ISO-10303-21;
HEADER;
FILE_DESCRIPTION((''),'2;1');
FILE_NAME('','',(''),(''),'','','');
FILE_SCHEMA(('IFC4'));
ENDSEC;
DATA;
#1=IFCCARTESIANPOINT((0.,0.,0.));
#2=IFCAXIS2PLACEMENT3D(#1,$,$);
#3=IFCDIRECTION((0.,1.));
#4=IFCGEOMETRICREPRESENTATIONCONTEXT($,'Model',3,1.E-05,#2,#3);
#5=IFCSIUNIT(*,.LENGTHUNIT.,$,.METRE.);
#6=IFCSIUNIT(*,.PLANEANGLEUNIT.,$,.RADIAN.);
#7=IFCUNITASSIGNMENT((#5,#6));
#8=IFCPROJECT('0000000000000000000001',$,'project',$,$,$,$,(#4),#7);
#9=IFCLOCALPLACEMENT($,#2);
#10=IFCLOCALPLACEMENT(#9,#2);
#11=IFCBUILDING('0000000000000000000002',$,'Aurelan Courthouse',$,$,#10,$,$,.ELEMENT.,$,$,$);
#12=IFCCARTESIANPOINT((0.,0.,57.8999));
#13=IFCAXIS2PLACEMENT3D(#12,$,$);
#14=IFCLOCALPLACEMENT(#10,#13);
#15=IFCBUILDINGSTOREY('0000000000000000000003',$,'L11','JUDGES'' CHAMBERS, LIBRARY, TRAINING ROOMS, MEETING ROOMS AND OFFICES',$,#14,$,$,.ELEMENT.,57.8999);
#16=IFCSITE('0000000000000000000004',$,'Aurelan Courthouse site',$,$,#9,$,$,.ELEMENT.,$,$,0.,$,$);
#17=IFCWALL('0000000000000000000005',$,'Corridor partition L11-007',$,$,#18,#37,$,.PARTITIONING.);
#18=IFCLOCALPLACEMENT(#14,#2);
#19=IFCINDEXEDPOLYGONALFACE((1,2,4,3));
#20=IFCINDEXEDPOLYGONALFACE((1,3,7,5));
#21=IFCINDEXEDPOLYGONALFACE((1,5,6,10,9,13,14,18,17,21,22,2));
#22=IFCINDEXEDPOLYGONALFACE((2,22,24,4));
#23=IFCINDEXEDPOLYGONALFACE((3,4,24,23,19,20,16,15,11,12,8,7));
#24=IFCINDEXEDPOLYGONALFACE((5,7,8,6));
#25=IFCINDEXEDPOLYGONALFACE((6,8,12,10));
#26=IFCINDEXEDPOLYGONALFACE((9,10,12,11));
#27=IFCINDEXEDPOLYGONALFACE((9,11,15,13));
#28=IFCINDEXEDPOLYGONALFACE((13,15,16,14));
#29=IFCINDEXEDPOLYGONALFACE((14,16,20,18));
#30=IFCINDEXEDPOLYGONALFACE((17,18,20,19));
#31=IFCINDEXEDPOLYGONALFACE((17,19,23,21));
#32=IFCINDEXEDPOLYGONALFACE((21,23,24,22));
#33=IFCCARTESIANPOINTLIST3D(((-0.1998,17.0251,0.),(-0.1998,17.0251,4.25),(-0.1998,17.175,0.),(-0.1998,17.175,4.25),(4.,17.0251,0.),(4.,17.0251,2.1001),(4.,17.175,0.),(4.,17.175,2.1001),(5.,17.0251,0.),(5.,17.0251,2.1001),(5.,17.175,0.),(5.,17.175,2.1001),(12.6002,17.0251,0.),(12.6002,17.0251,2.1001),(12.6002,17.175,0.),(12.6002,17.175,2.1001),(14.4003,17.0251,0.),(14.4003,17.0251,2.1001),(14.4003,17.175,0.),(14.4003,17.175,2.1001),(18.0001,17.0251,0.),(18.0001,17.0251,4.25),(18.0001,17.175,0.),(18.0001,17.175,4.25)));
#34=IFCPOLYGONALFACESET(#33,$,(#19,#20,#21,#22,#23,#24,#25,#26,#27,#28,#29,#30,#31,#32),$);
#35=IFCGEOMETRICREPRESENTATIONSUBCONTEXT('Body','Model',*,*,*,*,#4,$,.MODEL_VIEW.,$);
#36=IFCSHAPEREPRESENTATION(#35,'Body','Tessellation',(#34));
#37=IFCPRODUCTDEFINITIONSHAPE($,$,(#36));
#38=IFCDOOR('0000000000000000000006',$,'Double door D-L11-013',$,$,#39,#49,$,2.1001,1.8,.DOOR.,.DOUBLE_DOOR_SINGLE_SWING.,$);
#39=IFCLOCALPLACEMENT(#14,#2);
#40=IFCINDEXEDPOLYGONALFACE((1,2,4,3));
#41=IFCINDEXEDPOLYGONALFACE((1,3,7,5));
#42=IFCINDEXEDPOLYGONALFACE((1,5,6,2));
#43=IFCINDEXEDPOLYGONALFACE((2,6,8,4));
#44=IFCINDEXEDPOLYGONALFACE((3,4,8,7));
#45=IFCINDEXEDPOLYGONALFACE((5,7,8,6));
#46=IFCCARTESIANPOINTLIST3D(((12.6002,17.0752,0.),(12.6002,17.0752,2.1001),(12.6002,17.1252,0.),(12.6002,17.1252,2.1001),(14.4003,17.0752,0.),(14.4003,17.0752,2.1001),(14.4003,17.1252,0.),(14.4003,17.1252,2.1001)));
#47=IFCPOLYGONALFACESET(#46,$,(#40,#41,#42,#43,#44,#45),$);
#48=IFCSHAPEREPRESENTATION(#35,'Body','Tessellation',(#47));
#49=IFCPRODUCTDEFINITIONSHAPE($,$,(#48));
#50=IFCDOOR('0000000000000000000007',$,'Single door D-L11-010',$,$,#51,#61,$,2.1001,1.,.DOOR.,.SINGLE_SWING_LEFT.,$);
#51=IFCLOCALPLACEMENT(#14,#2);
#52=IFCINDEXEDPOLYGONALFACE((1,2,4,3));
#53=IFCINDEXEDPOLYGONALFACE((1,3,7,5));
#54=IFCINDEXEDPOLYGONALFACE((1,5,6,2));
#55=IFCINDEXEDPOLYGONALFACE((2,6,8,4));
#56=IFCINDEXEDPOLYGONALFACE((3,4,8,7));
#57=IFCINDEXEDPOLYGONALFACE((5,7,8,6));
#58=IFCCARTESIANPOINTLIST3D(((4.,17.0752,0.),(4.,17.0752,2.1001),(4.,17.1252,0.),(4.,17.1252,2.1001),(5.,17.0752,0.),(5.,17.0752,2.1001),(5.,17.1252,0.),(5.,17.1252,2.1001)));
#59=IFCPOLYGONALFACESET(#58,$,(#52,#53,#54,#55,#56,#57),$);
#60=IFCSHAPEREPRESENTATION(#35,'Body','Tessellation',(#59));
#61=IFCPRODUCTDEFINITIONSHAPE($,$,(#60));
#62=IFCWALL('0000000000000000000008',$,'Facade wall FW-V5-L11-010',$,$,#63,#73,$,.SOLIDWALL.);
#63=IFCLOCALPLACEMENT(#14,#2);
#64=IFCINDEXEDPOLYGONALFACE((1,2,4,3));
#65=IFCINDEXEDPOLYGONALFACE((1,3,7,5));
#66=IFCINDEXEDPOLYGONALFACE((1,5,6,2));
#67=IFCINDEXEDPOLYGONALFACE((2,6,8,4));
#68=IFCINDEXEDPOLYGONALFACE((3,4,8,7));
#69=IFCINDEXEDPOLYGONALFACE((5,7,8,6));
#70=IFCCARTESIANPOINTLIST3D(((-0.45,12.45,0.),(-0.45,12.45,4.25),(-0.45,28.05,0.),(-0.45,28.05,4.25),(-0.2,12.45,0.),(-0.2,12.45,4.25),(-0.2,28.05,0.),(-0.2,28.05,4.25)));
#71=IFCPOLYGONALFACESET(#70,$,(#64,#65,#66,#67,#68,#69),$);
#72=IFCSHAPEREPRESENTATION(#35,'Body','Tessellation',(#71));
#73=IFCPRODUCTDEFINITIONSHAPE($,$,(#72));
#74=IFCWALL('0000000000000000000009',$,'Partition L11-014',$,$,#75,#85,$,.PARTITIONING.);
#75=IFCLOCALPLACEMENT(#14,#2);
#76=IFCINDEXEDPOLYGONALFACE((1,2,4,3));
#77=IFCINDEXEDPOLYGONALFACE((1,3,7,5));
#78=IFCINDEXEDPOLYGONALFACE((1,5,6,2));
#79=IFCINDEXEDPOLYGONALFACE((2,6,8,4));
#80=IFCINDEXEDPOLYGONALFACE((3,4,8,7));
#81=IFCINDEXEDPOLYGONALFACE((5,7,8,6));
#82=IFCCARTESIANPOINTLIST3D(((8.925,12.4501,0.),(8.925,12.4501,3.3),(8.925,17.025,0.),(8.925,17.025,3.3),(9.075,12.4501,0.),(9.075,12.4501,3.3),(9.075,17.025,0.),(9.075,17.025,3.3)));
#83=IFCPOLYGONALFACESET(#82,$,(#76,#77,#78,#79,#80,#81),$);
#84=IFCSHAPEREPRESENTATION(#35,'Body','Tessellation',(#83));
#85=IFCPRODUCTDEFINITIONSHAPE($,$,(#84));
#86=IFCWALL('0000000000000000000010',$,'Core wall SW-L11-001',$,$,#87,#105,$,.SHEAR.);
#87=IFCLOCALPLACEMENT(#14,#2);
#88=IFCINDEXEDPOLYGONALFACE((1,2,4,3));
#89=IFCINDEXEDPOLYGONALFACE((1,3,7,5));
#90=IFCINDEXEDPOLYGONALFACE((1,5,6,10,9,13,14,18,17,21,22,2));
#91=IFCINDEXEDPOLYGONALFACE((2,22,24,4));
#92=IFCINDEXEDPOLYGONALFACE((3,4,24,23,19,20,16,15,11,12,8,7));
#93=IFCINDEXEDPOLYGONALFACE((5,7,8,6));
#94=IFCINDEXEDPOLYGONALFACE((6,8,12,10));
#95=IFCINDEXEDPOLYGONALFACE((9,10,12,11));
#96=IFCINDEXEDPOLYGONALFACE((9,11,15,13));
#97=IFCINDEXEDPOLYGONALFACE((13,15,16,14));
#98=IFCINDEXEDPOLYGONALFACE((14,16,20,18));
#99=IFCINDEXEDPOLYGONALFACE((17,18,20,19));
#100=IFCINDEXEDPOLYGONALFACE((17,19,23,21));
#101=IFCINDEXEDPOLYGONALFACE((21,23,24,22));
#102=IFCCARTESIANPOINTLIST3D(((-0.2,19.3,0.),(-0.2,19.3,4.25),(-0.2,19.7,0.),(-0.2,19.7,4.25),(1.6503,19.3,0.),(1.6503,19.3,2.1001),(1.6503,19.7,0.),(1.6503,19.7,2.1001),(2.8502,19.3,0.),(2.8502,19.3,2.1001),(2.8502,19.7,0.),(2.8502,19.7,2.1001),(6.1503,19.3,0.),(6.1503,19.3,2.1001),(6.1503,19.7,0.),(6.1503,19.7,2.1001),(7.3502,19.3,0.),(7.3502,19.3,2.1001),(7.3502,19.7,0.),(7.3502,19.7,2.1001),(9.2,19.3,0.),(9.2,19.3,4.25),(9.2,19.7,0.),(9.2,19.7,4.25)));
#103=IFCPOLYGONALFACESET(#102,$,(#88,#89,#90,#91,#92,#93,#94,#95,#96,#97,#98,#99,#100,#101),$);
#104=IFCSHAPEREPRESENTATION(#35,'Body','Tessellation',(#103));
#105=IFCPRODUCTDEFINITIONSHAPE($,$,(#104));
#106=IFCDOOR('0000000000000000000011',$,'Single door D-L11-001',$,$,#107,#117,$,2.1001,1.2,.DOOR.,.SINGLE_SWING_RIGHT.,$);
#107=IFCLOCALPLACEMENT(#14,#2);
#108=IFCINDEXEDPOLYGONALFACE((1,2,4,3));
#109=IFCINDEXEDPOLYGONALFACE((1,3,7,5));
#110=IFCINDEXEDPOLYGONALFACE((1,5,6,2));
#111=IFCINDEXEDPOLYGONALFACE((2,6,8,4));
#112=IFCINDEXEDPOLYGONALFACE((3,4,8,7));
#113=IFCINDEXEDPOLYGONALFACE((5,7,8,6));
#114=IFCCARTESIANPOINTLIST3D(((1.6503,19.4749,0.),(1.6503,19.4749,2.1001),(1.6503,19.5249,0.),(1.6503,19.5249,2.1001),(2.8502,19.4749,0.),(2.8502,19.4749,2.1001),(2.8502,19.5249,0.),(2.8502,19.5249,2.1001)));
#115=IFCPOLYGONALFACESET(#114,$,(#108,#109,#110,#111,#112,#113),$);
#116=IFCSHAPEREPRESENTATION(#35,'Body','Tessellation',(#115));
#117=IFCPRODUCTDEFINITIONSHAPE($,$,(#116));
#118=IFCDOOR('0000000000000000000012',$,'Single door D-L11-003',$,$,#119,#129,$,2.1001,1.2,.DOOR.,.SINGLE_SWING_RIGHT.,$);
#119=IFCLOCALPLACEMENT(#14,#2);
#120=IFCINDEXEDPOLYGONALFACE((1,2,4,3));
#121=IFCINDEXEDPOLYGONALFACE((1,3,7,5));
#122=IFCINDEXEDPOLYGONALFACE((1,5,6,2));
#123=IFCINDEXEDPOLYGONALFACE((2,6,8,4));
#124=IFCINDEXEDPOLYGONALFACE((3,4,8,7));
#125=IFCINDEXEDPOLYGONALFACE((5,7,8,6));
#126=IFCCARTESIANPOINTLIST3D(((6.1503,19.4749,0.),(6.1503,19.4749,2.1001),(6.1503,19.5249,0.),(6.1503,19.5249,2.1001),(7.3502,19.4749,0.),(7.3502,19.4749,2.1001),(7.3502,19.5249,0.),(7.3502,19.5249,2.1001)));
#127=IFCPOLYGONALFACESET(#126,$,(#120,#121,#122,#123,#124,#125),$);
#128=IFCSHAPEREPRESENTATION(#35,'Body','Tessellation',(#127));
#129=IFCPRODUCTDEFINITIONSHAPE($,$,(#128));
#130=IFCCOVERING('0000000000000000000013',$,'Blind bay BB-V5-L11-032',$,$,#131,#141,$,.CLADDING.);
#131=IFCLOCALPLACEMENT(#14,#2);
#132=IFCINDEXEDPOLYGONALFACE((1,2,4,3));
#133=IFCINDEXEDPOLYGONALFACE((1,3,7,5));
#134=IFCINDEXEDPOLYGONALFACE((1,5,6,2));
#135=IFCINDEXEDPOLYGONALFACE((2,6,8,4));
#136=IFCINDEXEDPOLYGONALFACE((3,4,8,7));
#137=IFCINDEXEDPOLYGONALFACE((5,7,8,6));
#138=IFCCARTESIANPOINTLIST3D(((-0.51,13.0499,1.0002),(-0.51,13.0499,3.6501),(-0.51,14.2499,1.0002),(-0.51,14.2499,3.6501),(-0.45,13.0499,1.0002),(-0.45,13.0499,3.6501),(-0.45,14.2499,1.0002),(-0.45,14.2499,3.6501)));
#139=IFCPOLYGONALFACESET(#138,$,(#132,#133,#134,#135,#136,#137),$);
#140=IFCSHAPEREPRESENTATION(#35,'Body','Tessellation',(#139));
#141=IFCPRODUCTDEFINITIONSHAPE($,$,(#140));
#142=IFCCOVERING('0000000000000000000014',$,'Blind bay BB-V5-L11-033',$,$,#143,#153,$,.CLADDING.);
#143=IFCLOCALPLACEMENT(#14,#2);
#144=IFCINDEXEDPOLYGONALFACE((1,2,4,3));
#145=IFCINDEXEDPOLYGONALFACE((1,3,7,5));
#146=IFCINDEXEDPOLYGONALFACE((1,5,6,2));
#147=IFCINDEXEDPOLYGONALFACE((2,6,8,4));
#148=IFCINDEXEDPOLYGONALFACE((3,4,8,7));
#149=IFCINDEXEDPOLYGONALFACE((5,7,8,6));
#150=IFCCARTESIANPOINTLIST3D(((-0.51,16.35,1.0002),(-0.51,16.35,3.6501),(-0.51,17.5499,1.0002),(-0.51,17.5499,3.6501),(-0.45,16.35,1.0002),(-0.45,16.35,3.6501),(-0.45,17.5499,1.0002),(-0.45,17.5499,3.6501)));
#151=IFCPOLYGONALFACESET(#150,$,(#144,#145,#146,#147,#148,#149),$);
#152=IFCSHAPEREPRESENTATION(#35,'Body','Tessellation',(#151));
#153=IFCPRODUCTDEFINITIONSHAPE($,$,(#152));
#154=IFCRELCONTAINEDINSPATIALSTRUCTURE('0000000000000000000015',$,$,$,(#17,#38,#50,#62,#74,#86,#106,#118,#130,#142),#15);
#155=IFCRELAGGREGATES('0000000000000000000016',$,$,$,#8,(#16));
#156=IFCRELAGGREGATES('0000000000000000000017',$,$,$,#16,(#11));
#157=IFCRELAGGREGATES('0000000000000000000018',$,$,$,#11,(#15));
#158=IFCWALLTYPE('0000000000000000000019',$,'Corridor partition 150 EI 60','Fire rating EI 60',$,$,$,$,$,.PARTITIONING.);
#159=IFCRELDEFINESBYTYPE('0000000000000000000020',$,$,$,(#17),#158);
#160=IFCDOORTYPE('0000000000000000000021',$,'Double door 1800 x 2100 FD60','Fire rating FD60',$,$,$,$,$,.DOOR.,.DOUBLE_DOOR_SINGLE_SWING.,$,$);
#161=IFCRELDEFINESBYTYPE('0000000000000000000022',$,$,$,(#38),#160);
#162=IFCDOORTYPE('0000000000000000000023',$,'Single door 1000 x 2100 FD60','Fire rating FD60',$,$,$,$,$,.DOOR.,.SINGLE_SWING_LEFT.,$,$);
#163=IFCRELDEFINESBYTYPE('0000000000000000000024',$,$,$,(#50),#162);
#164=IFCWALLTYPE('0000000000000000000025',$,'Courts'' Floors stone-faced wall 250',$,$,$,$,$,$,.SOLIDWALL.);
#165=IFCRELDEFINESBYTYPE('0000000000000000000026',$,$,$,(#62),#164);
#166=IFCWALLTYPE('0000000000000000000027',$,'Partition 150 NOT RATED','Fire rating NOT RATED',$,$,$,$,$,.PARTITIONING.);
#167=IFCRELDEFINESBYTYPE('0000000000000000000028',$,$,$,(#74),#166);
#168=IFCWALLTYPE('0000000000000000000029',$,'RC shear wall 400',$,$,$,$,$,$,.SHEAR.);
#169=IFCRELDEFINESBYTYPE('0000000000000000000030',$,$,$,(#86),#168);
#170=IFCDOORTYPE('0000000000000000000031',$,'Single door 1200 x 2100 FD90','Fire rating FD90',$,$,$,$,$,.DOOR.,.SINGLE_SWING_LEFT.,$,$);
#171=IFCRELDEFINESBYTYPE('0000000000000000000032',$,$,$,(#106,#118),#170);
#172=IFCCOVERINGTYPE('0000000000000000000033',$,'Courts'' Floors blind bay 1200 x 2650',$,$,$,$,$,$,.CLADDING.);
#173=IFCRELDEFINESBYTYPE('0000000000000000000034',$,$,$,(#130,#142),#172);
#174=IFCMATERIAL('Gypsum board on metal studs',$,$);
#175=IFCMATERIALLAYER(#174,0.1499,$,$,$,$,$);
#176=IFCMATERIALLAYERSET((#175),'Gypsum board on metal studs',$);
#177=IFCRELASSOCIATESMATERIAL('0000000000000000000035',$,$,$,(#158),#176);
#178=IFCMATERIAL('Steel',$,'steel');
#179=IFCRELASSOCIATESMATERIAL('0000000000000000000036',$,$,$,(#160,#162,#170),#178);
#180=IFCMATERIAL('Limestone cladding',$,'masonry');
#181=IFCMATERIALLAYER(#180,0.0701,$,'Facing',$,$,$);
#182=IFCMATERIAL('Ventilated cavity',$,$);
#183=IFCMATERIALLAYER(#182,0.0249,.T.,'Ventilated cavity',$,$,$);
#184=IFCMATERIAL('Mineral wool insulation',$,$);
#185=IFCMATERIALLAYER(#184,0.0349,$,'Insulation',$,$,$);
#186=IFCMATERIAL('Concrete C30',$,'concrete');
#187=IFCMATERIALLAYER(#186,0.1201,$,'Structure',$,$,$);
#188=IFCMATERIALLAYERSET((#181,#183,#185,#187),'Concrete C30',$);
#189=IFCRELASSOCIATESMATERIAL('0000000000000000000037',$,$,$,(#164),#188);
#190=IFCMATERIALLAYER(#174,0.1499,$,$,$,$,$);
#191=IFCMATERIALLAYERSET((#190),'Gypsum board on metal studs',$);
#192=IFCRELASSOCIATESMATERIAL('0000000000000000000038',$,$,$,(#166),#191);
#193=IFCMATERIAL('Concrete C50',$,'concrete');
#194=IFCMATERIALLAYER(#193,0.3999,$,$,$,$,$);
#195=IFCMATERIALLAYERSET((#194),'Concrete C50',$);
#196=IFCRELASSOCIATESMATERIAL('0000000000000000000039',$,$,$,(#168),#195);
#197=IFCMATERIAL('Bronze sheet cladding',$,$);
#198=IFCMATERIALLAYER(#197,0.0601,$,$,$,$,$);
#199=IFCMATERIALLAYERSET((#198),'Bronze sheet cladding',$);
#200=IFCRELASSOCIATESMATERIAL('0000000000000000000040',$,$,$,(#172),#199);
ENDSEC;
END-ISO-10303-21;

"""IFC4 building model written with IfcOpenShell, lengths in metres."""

from ifc_helpers import new_model, si_unit, direction, frame, frame_2d, origin, origin_2d, place, context, subcontext, project, spatial, rectangle, extrude, material, layer, layer_set, type_object, element, fill, save


model = new_model("IFC4")

# Units and contexts
model_context = context("Model", 3, precision=1e-05, world=origin(), true_north=direction((0.0, 1.0)))
body_context = subcontext(model_context, "Body", "Model", "MODEL_VIEW")
ifc_project = project(units=[si_unit("LENGTHUNIT", "METRE"), si_unit("PLANEANGLEUNIT", "RADIAN")], contexts=[model_context])

# Site, building, storey
site_placement = place(None, origin())
site = spatial("IfcSite", under=ifc_project, at=site_placement, Name="Aurelan Courthouse site", CompositionType="ELEMENT", RefElevation=0.0)
building_placement = place(site_placement, origin())
building = spatial("IfcBuilding", under=site, at=building_placement, Name="Aurelan Courthouse", CompositionType="ELEMENT")
storey_placement = place(building_placement, frame((0.0, 0.0, 57.8999)))
storey = spatial("IfcBuildingStorey", under=building, at=storey_placement, Name="L11", Description="JUDGES' CHAMBERS, LIBRARY, TRAINING ROOMS, MEETING ROOMS AND OFFICES", CompositionType="ELEMENT", Elevation=57.8999)

# Shared definitions
ifc_material_1 = material(Name="Concrete C50", Category="concrete")

# Wall, openings, doors
ifc_material_2 = material(Name="Gypsum board on metal studs")
ifc_layer_1 = layer(ifc_material_2, 0.1499)
ifc_layer_set_1 = layer_set([ifc_layer_1], Name="Gypsum board on metal studs")
wall_type_1 = type_object("IfcWallType", Name="Corridor partition 150 EI 60", Description="Fire rating EI 60", PredefinedType="PARTITIONING", material=ifc_layer_set_1)
wall_1_placement = place(storey_placement, frame((-0.2, 17.1001, 0.0), z_axis=(0.0, 0.0, 1.0), x_axis=(1.0, 0.0, 0.0)))
wall_1 = element("IfcWall", 1, at=wall_1_placement, inside=storey, type_object=wall_type_1, Name="Corridor partition L11-007", PredefinedType="PARTITIONING", context=body_context, shape_type="SweptSolid", body=[
    extrude(rectangle(XDim=18.2, YDim=0.1499, at=frame_2d((9.1001, 0.0))), origin(), (0.0, 0.0, 1.0), 4.25),
])
opening_1_placement = place(wall_1_placement, frame((5.2, 0.0, 0.0), z_axis=(0.0, 0.0, 1.0), x_axis=(-1.0, 0.0, 0.0)))
opening_1 = element("IfcOpeningElement", 2, at=opening_1_placement, cuts=wall_1, PredefinedType="OPENING", context=body_context, shape_type="SweptSolid", body=[
    extrude(rectangle(XDim=1.0, YDim=2.1001, at=frame_2d((0.5, 1.05))), frame((0.0, 0.085, 0.0), z_axis=(0.0, -1.0, 0.0), x_axis=(1.0, 0.0, 0.0)), (0.0, 0.0, 1.0), 0.1699),
])
opening_2_placement = place(wall_1_placement, frame((14.6001, 0.0, 0.0), z_axis=(0.0, 0.0, 1.0), x_axis=(-1.0, 0.0, 0.0)))
opening_2 = element("IfcOpeningElement", 3, at=opening_2_placement, cuts=wall_1, PredefinedType="OPENING", context=body_context, shape_type="SweptSolid", body=[
    extrude(rectangle(XDim=1.8, YDim=2.1001, at=frame_2d((0.8999, 1.05))), frame((0.0, 0.085, 0.0), z_axis=(0.0, -1.0, 0.0), x_axis=(1.0, 0.0, 0.0)), (0.0, 0.0, 1.0), 0.1699),
])
ifc_material_3 = material(Name="Steel", Category="steel")
door_type_1 = type_object("IfcDoorType", Name="Double door 1800 x 2100 FD60", Description="Fire rating FD60", OperationType="DOUBLE_DOOR_SINGLE_SWING", PredefinedType="DOOR", material=ifc_material_3)
door_1_placement = place(opening_2_placement, origin())
door_1 = element("IfcDoor", 4, at=door_1_placement, inside=storey, type_object=door_type_1, Name="Double door D-L11-013", OperationType="DOUBLE_DOOR_SINGLE_SWING", OverallHeight=2.1001, OverallWidth=1.8, PredefinedType="DOOR", context=body_context, shape_type="SweptSolid", body=[
    extrude(rectangle(XDim=1.8, YDim=2.1001, at=frame_2d((0.8999, 1.05))), frame((0.0, 0.0249, 0.0), z_axis=(0.0, -1.0, 0.0), x_axis=(1.0, 0.0, 0.0)), (0.0, 0.0, 1.0), 0.05),
])
fill(opening_2, door_1)
door_type_2 = type_object("IfcDoorType", Name="Single door 1000 x 2100 FD60", Description="Fire rating FD60", OperationType="SINGLE_SWING_LEFT", PredefinedType="DOOR", material=ifc_material_3)
door_2_placement = place(opening_1_placement, origin())
door_2 = element("IfcDoor", 5, at=door_2_placement, inside=storey, type_object=door_type_2, Name="Single door D-L11-010", OperationType="SINGLE_SWING_LEFT", OverallHeight=2.1001, OverallWidth=1.0, PredefinedType="DOOR", context=body_context, shape_type="SweptSolid", body=[
    extrude(rectangle(XDim=1.0, YDim=2.1001, at=frame_2d((0.5, 1.05))), frame((0.0, 0.0249, 0.0), z_axis=(0.0, -1.0, 0.0), x_axis=(1.0, 0.0, 0.0)), (0.0, 0.0, 1.0), 0.05),
])
fill(opening_1, door_2)

# Walls
ifc_material_4 = material(Name="Limestone cladding", Category="masonry")
ifc_layer_2 = layer(ifc_material_4, 0.0701, Name="Facing")
ifc_material_5 = material(Name="Ventilated cavity")
ifc_layer_3 = layer(ifc_material_5, 0.0249, ventilated=True, Name="Ventilated cavity")
ifc_material_6 = material(Name="Mineral wool insulation")
ifc_layer_4 = layer(ifc_material_6, 0.0349, Name="Insulation")
ifc_material_7 = material(Name="Concrete C30", Category="concrete")
ifc_layer_5 = layer(ifc_material_7, 0.1201, Name="Structure")
ifc_layer_set_2 = layer_set([ifc_layer_2, ifc_layer_3, ifc_layer_4, ifc_layer_5], Name="Concrete C30")
wall_type_2 = type_object("IfcWallType", Name="Courts' Floors stone-faced wall 250", PredefinedType="SOLIDWALL", material=ifc_layer_set_2)
wall_2_placement = place(storey_placement, frame((-0.325, 12.45, 0.0), z_axis=(0.0, 0.0, 1.0), x_axis=(0.0, 1.0, 0.0)))
element("IfcWall", 6, at=wall_2_placement, inside=storey, type_object=wall_type_2, Name="Facade wall FW-V5-L11-010", PredefinedType="SOLIDWALL", context=body_context, shape_type="SweptSolid", body=[
    extrude(rectangle(XDim=15.6001, YDim=0.25, at=frame_2d((7.8, 0.0))), origin(), (0.0, 0.0, 1.0), 4.25),
])
ifc_layer_6 = layer(ifc_material_2, 0.1499)
ifc_layer_set_3 = layer_set([ifc_layer_6], Name="Gypsum board on metal studs")
wall_type_3 = type_object("IfcWallType", Name="Partition 150 NOT RATED", Description="Fire rating NOT RATED", PredefinedType="PARTITIONING", material=ifc_layer_set_3)
wall_3_placement = place(storey_placement, frame((9.0, 12.45, 0.0), z_axis=(0.0, 0.0, 1.0), x_axis=(0.0, 1.0, 0.0)))
element("IfcWall", 7, at=wall_3_placement, inside=storey, type_object=wall_type_3, Name="Partition L11-014", PredefinedType="PARTITIONING", context=body_context, shape_type="SweptSolid", body=[
    extrude(rectangle(XDim=4.575, YDim=0.1499, at=frame_2d((2.2876, 0.0))), origin(), (0.0, 0.0, 1.0), 3.3),
])

# Wall, openings, doors
ifc_layer_7 = layer(ifc_material_1, 0.3999)
ifc_layer_set_4 = layer_set([ifc_layer_7], Name="Concrete C50")
wall_type_4 = type_object("IfcWallType", Name="RC shear wall 400", PredefinedType="SHEAR", material=ifc_layer_set_4)
wall_4_placement = place(storey_placement, frame((-0.2, 19.5, 0.0), z_axis=(0.0, 0.0, 1.0), x_axis=(1.0, 0.0, 0.0)))
wall_4 = element("IfcWall", 8, at=wall_4_placement, inside=storey, type_object=wall_type_4, Name="Core wall SW-L11-001", PredefinedType="SHEAR", context=body_context, shape_type="SweptSolid", body=[
    extrude(rectangle(XDim=9.3999, YDim=0.3999, at=frame_2d((4.7, 0.0))), origin(), (0.0, 0.0, 1.0), 4.25),
])
opening_3_placement = place(wall_4_placement, frame((1.8501, 0.0, 0.0)))
opening_3 = element("IfcOpeningElement", 9, at=opening_3_placement, cuts=wall_4, PredefinedType="OPENING", context=body_context, shape_type="SweptSolid", body=[
    extrude(rectangle(XDim=1.2, YDim=2.1001, at=frame_2d((0.6001, 1.05))), frame((0.0, 0.21, 0.0), z_axis=(0.0, -1.0, 0.0), x_axis=(1.0, 0.0, 0.0)), (0.0, 0.0, 1.0), 0.4199),
])
opening_4_placement = place(wall_4_placement, frame((6.3501, 0.0, 0.0)))
opening_4 = element("IfcOpeningElement", 10, at=opening_4_placement, cuts=wall_4, PredefinedType="OPENING", context=body_context, shape_type="SweptSolid", body=[
    extrude(rectangle(XDim=1.2, YDim=2.1001, at=frame_2d((0.6001, 1.05))), frame((0.0, 0.21, 0.0), z_axis=(0.0, -1.0, 0.0), x_axis=(1.0, 0.0, 0.0)), (0.0, 0.0, 1.0), 0.4199),
])
door_type_3 = type_object("IfcDoorType", Name="Single door 1200 x 2100 FD90", Description="Fire rating FD90", OperationType="SINGLE_SWING_LEFT", PredefinedType="DOOR", material=ifc_material_3)
door_3_placement = place(opening_3_placement, origin())
door_3 = element("IfcDoor", 11, at=door_3_placement, inside=storey, type_object=door_type_3, Name="Single door D-L11-001", OperationType="SINGLE_SWING_RIGHT", OverallHeight=2.1001, OverallWidth=1.2, PredefinedType="DOOR", context=body_context, shape_type="SweptSolid", body=[
    extrude(rectangle(XDim=1.2, YDim=2.1001, at=frame_2d((0.6001, 1.05))), frame((0.0, 0.0249, 0.0), z_axis=(0.0, -1.0, 0.0), x_axis=(1.0, 0.0, 0.0)), (0.0, 0.0, 1.0), 0.05),
])
fill(opening_3, door_3)
door_4_placement = place(opening_4_placement, origin())
door_4 = element("IfcDoor", 12, at=door_4_placement, inside=storey, type_object=door_type_3, Name="Single door D-L11-003", OperationType="SINGLE_SWING_RIGHT", OverallHeight=2.1001, OverallWidth=1.2, PredefinedType="DOOR", context=body_context, shape_type="SweptSolid", body=[
    extrude(rectangle(XDim=1.2, YDim=2.1001, at=frame_2d((0.6001, 1.05))), frame((0.0, 0.0249, 0.0), z_axis=(0.0, -1.0, 0.0), x_axis=(1.0, 0.0, 0.0)), (0.0, 0.0, 1.0), 0.05),
])
fill(opening_4, door_4)

# Coverings
ifc_material_8 = material(Name="Bronze sheet cladding")
ifc_layer_8 = layer(ifc_material_8, 0.0601)
ifc_layer_set_5 = layer_set([ifc_layer_8], Name="Bronze sheet cladding")
covering_type = type_object("IfcCoveringType", Name="Courts' Floors blind bay 1200 x 2650", PredefinedType="CLADDING", material=ifc_layer_set_5)
for number, where, z_axis, x_axis, name in (
    (13, (-0.48, 13.6499, 1.0002), (0.0, 0.0, 1.0), (1.0, 0.0, 0.0), "Blind bay BB-V5-L11-032"),
    (14, (-0.48, 16.95, 1.0002), (0.0, 0.0, 1.0), (1.0, 0.0, 0.0), "Blind bay BB-V5-L11-033"),
):
    element("IfcCovering", number, at=place(storey_placement, frame(where, z_axis=z_axis, x_axis=x_axis)), inside=storey, type_object=covering_type, Name=name, PredefinedType="CLADDING", context=body_context, shape_type="SweptSolid", body=[
        extrude(rectangle(XDim=0.0601, YDim=1.2, at=origin_2d()), origin(), (0.0, 0.0, 1.0), 2.6499),
    ])

save(model, "model.ifc")
